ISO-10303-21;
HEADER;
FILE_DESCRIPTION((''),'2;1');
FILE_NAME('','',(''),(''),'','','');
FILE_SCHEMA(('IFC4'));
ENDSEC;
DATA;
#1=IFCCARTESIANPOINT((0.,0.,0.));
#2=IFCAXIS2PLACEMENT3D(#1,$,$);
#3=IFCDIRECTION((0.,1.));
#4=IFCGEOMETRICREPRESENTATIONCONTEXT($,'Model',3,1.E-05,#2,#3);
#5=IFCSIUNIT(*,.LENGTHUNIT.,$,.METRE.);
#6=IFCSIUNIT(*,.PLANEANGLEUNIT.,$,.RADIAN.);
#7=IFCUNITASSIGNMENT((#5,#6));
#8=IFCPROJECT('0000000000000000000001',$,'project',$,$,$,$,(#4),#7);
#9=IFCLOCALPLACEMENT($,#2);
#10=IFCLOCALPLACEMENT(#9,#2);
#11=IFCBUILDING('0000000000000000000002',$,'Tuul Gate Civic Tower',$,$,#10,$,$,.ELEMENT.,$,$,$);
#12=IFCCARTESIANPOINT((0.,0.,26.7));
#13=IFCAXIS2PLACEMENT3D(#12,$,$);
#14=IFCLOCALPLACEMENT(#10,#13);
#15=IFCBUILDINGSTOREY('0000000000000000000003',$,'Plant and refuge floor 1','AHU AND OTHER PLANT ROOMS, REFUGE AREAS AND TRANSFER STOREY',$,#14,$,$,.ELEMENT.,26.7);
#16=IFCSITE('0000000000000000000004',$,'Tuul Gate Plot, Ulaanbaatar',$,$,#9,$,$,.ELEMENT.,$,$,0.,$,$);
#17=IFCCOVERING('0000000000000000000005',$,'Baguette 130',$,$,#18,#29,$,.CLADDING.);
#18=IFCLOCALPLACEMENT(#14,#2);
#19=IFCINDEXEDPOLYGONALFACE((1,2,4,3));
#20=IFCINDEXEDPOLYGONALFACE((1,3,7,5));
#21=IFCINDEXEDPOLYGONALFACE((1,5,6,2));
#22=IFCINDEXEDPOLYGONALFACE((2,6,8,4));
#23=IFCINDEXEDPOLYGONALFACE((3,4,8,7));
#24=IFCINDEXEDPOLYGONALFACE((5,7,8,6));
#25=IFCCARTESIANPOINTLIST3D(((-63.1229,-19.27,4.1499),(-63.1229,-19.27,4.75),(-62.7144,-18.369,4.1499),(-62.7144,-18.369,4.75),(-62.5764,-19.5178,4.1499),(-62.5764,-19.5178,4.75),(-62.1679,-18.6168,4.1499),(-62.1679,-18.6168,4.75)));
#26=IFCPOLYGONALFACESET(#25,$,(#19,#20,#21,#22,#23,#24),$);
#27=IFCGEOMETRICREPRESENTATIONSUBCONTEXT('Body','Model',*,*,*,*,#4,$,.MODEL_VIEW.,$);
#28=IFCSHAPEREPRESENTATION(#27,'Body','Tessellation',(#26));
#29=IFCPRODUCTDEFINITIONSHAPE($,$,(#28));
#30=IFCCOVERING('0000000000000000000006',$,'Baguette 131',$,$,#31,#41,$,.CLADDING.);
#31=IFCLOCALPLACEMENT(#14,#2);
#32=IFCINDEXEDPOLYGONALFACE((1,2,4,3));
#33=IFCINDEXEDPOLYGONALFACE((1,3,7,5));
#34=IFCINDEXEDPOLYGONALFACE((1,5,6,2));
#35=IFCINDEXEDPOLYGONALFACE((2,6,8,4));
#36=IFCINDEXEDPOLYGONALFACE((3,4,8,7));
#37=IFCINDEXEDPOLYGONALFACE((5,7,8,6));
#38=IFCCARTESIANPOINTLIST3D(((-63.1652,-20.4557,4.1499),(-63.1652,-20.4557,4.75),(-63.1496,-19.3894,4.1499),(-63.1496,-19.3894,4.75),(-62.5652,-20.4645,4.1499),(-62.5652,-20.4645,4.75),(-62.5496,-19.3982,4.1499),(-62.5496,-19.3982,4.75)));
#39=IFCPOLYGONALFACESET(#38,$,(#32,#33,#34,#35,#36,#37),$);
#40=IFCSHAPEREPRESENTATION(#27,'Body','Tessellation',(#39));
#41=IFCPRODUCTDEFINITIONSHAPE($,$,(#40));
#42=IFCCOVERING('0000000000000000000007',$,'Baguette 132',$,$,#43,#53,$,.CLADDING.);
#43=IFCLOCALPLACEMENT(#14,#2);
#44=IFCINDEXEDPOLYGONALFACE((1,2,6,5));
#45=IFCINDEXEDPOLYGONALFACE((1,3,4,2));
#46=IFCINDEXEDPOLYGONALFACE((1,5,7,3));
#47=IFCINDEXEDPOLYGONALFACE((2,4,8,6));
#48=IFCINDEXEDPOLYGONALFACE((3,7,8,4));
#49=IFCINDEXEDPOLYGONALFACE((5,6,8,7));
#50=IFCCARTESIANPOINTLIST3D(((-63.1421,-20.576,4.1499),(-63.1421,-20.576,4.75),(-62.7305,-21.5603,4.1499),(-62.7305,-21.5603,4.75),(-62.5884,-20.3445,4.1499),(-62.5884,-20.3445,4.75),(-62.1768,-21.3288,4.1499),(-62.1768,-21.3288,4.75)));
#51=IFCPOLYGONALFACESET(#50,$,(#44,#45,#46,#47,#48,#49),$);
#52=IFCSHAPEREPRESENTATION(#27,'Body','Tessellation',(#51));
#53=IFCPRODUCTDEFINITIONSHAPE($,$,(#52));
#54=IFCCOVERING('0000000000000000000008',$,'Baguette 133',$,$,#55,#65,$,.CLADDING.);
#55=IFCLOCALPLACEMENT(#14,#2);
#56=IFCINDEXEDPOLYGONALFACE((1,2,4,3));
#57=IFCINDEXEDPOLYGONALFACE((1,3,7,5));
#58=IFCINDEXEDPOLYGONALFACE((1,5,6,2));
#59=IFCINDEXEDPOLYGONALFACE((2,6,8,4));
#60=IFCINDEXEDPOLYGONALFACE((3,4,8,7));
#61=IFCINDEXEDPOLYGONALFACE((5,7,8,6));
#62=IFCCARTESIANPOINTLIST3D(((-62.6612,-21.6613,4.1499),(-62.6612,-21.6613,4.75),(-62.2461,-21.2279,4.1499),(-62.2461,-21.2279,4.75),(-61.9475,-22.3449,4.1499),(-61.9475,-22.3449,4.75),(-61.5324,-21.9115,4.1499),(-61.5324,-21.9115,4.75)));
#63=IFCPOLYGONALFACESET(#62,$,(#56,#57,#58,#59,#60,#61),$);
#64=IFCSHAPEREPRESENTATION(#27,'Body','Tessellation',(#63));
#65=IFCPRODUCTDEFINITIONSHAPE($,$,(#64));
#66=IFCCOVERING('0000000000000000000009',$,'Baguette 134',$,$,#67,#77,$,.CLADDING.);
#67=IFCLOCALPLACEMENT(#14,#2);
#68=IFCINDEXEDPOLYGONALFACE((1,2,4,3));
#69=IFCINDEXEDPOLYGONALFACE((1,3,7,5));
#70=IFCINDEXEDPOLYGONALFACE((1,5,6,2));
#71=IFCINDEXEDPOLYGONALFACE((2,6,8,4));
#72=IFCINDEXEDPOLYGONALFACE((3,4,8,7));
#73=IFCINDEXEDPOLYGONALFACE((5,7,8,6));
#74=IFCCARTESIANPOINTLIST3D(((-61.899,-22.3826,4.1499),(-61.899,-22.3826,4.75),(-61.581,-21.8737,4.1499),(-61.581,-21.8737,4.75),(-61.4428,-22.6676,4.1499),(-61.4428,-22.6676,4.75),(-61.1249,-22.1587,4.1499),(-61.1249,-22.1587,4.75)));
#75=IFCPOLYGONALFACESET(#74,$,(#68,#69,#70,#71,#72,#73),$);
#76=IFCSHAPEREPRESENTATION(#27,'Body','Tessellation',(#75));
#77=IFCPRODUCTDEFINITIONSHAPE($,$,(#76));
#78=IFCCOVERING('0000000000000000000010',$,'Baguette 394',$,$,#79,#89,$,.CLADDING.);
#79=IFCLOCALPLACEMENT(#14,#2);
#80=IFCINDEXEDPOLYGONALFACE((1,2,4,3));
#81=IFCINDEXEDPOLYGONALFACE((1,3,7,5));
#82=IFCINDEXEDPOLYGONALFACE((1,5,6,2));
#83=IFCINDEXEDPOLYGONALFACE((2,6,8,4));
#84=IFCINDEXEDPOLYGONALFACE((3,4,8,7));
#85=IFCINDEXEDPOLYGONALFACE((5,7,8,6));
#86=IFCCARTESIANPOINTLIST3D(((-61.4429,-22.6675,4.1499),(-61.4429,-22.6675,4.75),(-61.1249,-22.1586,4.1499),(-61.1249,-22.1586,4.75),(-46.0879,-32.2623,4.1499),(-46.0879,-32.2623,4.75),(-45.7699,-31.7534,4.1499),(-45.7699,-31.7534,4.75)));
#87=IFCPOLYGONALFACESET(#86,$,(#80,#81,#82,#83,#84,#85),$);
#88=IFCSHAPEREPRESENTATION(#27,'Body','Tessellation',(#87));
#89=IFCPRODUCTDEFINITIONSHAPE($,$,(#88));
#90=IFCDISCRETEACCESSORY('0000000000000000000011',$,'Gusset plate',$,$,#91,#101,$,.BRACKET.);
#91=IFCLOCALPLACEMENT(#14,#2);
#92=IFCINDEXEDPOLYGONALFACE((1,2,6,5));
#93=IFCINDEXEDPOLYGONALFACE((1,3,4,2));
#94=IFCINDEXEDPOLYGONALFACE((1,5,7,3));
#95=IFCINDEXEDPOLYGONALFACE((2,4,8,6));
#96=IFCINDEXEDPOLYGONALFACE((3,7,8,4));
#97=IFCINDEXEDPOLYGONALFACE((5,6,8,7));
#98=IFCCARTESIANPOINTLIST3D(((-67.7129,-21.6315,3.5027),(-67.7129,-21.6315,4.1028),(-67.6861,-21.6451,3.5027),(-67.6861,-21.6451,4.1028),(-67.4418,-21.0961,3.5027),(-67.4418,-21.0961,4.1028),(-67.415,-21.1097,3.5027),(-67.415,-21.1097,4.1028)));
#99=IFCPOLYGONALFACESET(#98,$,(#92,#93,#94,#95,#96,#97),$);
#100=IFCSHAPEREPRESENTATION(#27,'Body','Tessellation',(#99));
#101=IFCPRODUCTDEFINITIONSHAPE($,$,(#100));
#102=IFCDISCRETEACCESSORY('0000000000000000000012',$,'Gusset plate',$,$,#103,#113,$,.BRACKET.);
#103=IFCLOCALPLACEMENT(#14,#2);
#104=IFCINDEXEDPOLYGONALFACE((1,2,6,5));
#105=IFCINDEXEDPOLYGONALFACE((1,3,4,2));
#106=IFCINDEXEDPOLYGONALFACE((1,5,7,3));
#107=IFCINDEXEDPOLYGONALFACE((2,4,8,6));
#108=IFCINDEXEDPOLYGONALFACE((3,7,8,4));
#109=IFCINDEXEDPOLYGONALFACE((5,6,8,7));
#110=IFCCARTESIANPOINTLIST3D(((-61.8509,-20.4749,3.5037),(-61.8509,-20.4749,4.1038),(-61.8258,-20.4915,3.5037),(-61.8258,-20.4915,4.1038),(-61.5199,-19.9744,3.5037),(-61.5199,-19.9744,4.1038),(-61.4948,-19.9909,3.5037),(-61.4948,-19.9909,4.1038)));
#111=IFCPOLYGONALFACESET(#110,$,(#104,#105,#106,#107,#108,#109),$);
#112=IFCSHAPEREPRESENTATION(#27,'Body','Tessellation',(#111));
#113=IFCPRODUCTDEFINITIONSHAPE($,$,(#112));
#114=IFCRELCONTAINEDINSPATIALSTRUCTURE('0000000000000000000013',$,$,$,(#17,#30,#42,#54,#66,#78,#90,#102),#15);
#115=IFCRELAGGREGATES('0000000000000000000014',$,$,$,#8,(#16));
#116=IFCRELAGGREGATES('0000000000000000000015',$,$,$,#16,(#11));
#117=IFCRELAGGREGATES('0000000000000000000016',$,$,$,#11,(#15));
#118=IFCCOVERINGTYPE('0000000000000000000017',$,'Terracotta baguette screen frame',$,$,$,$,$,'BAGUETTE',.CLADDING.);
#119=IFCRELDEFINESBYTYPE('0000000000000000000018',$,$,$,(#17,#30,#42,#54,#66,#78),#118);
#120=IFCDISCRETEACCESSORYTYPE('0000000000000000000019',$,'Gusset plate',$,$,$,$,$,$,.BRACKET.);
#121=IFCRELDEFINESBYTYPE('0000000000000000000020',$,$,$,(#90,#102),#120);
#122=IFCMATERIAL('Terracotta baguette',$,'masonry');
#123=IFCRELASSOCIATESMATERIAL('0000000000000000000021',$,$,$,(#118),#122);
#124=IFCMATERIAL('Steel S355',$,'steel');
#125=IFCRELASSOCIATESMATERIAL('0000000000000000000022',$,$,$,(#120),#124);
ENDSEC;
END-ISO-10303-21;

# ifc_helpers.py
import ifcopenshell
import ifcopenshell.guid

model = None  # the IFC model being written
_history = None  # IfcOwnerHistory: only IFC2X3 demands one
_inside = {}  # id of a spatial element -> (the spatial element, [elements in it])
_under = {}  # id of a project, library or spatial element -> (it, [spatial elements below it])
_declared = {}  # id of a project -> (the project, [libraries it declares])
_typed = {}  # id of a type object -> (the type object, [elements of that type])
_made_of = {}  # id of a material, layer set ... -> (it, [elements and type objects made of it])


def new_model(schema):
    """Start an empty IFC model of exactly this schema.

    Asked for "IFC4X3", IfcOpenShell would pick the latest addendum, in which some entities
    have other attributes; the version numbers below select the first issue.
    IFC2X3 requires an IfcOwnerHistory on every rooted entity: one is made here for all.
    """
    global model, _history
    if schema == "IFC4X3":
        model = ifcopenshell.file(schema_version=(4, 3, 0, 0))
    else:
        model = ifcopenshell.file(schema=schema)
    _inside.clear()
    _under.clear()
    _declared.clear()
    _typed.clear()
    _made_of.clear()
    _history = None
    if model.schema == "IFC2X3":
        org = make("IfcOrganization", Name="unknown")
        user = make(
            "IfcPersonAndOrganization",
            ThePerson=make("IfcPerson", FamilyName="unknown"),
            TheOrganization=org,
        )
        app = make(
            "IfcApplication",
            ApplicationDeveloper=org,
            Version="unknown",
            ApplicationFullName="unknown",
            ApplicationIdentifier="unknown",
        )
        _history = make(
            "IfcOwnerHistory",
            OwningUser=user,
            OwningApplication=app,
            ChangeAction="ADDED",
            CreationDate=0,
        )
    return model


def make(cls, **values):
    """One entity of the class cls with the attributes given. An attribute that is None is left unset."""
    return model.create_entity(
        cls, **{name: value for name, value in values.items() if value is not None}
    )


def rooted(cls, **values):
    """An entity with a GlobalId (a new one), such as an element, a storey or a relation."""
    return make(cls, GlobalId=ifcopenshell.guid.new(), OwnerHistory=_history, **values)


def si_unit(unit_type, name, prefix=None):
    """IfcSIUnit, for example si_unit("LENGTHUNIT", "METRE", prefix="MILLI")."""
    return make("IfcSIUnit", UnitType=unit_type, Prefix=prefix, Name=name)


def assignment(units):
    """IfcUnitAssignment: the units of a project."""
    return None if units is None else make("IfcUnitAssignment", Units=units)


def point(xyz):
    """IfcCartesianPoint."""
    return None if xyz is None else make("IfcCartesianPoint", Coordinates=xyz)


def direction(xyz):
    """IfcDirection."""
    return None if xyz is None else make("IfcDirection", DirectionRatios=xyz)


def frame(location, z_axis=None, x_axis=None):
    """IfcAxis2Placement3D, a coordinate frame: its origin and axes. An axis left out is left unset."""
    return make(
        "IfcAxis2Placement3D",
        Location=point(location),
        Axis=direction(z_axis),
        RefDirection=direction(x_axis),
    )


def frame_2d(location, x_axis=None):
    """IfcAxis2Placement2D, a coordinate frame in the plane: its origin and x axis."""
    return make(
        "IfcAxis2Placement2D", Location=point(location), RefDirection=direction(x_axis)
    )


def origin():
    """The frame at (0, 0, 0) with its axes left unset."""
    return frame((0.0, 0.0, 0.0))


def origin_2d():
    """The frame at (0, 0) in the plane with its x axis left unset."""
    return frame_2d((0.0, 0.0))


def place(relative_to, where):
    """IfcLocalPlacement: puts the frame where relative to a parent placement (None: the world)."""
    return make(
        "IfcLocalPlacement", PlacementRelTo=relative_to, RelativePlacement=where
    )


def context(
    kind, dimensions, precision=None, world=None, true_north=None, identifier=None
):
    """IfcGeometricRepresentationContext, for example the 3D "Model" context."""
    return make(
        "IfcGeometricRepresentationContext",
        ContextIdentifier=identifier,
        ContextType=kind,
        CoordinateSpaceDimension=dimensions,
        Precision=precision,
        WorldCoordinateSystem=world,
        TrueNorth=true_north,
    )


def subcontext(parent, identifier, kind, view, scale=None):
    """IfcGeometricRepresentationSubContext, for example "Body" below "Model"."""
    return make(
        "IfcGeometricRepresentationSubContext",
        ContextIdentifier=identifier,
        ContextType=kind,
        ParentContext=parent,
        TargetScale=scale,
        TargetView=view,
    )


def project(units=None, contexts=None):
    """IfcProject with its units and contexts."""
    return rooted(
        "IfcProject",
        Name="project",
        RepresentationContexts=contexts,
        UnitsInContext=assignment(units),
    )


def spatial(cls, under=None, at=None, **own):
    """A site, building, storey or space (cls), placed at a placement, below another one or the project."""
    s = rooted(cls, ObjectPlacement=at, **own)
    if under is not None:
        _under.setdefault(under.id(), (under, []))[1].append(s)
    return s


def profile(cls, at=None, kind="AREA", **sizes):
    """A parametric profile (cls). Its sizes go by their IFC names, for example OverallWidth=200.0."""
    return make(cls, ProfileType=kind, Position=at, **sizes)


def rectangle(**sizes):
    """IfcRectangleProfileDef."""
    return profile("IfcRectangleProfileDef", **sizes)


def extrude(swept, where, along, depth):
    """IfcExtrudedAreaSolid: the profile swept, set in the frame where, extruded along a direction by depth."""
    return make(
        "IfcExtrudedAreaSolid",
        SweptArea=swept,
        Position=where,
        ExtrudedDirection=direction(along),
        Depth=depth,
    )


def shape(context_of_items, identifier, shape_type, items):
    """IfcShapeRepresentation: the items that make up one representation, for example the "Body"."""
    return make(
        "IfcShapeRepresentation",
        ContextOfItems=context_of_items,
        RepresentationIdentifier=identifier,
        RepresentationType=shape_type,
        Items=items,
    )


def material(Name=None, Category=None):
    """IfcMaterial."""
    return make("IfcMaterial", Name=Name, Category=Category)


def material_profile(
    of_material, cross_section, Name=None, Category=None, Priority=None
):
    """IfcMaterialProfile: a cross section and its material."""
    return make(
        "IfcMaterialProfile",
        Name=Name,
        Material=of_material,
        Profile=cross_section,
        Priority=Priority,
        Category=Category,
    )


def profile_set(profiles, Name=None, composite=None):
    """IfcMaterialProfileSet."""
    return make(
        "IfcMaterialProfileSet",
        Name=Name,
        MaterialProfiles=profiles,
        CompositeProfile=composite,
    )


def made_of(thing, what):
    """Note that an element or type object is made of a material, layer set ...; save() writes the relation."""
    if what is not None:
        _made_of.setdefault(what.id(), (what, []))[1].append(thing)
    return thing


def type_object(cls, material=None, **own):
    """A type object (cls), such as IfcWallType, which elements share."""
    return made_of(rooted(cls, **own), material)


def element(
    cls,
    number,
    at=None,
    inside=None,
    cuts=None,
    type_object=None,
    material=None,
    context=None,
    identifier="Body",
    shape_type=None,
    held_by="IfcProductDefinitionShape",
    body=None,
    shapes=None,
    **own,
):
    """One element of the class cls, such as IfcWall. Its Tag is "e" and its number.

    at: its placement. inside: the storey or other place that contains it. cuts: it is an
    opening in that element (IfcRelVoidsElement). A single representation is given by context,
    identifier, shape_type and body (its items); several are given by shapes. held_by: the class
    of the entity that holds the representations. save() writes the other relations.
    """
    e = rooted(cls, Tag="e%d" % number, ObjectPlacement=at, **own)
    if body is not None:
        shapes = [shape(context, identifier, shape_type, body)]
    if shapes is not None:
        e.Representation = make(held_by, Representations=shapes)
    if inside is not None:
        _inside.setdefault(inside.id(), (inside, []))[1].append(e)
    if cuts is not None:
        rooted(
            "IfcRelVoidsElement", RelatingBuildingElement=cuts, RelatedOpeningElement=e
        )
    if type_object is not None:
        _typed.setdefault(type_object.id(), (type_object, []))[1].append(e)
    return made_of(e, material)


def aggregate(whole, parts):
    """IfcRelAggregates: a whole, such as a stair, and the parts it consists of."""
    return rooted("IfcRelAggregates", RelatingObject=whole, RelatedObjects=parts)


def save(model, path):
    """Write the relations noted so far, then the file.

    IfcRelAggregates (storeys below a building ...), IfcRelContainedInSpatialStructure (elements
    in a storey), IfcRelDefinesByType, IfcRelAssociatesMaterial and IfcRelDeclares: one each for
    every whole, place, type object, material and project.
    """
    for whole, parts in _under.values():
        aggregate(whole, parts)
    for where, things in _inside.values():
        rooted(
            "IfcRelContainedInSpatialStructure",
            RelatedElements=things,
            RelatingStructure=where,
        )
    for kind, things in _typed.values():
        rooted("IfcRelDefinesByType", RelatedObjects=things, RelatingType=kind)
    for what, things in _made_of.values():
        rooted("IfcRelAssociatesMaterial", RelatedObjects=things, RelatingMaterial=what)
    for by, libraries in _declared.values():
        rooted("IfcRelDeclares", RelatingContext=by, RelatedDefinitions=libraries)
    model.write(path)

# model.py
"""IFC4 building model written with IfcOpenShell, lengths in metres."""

from ifc_helpers import new_model, si_unit, direction, frame, origin, origin_2d, place, context, subcontext, project, spatial, rectangle, extrude, material, material_profile, profile_set, type_object, element, save


model = new_model("IFC4")

# Units and contexts
model_context = context("Model", 3, precision=1e-05, world=origin(), true_north=direction((0.0, 1.0)))
body_context = subcontext(model_context, "Body", "Model", "MODEL_VIEW")
ifc_project = project(units=[si_unit("LENGTHUNIT", "METRE"), si_unit("PLANEANGLEUNIT", "RADIAN")], contexts=[model_context])

# Site, building, storey
site_placement = place(None, origin())
site = spatial("IfcSite", under=ifc_project, at=site_placement, Name="Tuul Gate Plot, Ulaanbaatar", CompositionType="ELEMENT", RefElevation=0.0)
building_placement = place(site_placement, origin())
building = spatial("IfcBuilding", under=site, at=building_placement, Name="Tuul Gate Civic Tower", CompositionType="ELEMENT")
storey_placement = place(building_placement, frame((0.0, 0.0, 26.7)))
storey = spatial("IfcBuildingStorey", under=building, at=storey_placement, Name="Plant and refuge floor 1", Description="AHU AND OTHER PLANT ROOMS, REFUGE AREAS AND TRANSFER STOREY", CompositionType="ELEMENT", Elevation=26.7)

# Coverings
ifc_material_1 = material(Name="Terracotta baguette", Category="masonry")
ifc_material_profile_1 = material_profile(ifc_material_1, rectangle(XDim=0.6001, YDim=0.6001, at=origin_2d()), Name="Terracotta baguette screen frame")
ifc_profile_set_1 = profile_set([ifc_material_profile_1], Name="Terracotta baguette")
covering_type = type_object("IfcCoveringType", Name="Terracotta baguette screen frame", ElementType="BAGUETTE", PredefinedType="CLADDING", material=ifc_profile_set_1)
covering_1_placement = place(storey_placement, frame((-62.4412, -18.4929, 4.45), z_axis=(-0.412929, -0.910763, 0.0), x_axis=(0.910763, -0.412929, 0.0)))
element("IfcCovering", 1, at=covering_1_placement, inside=storey, type_object=covering_type, Name="Baguette 130", PredefinedType="CLADDING", context=body_context, shape_type="SweptSolid", body=[
    extrude(rectangle(XDim=0.6001, YDim=0.6001, at=origin_2d()), origin(), (0.0, 0.0, 1.0), 0.9893),
])
covering_2_placement = place(storey_placement, frame((-62.8496, -19.3938, 4.45), z_axis=(-0.01465, -0.999893, 0.0), x_axis=(0.999893, -0.01465, 0.0)))
element("IfcCovering", 2, at=covering_2_placement, inside=storey, type_object=covering_type, Name="Baguette 131", PredefinedType="CLADDING", context=body_context, shape_type="SweptSolid", body=[
    extrude(rectangle(XDim=0.6001, YDim=0.6001, at=origin_2d()), origin(), (0.0, 0.0, 1.0), 1.0664),
])
covering_3_placement = place(storey_placement, frame((-62.8652, -20.4602, 4.45), z_axis=(0.385785, -0.922589, 0.0), x_axis=(0.922589, 0.385785, 0.0)))
element("IfcCovering", 3, at=covering_3_placement, inside=storey, type_object=covering_type, Name="Baguette 132", PredefinedType="CLADDING", context=body_context, shape_type="SweptSolid", body=[
    extrude(rectangle(XDim=0.6001, YDim=0.6001, at=origin_2d()), origin(), (0.0, 0.0, 1.0), 1.0669),
])
covering_4_placement = place(storey_placement, frame((-62.4536, -21.4446, 4.45), z_axis=(0.722137, -0.69175, 0.0), x_axis=(0.69175, 0.722137, 0.0)))
element("IfcCovering", 4, at=covering_4_placement, inside=storey, type_object=covering_type, Name="Baguette 133", PredefinedType="CLADDING", context=body_context, shape_type="SweptSolid", body=[
    extrude(rectangle(XDim=0.6001, YDim=0.6001, at=origin_2d()), origin(), (0.0, 0.0, 1.0), 0.9883),
])
covering_5_placement = place(storey_placement, frame((-61.74, -22.1282, 4.45), z_axis=(0.8481, -0.529836, 0.0), x_axis=(0.529836, 0.8481, 0.0)))
element("IfcCovering", 5, at=covering_5_placement, inside=storey, type_object=covering_type, Name="Baguette 134", PredefinedType="CLADDING", context=body_context, shape_type="SweptSolid", body=[
    extrude(rectangle(XDim=0.6001, YDim=0.6001, at=origin_2d()), origin(), (0.0, 0.0, 1.0), 0.5378),
])
covering_6_placement = place(storey_placement, frame((-61.2839, -22.4131, 4.45), z_axis=(0.848051, -0.529914, 0.0), x_axis=(0.529914, 0.848051, 0.0)))
element("IfcCovering", 6, at=covering_6_placement, inside=storey, type_object=covering_type, Name="Baguette 394", PredefinedType="CLADDING", context=body_context, shape_type="SweptSolid", body=[
    extrude(rectangle(XDim=0.6001, YDim=0.6001, at=origin_2d()), origin(), (0.0, 0.0, 1.0), 18.1062),
])

# Discrete accessories
ifc_material_2 = material(Name="Steel S355", Category="steel")
discrete_accessory_type = type_object("IfcDiscreteAccessoryType", Name="Gusset plate", PredefinedType="BRACKET", material=ifc_material_2)
for number, where, z_axis, x_axis, name in (
    (7, (-67.564, -21.3706, 3.5027), (0.0, 0.0, 1.0), (0.451669, 0.892185, 0.0), "Gusset plate"),
    (8, (-61.6729, -20.2329, 3.5037), (0.0, 0.0, 1.0), (0.551598, 0.83411, 0.0), "Gusset plate"),
):
    element("IfcDiscreteAccessory", number, at=place(storey_placement, frame(where, z_axis=z_axis, x_axis=x_axis)), inside=storey, type_object=discrete_accessory_type, Name=name, PredefinedType="BRACKET", context=body_context, shape_type="SweptSolid", body=[
        extrude(rectangle(XDim=0.6001, YDim=0.03, at=origin_2d()), origin(), (0.0, 0.0, 1.0), 0.6001),
    ])

save(model, "model.ifc")
